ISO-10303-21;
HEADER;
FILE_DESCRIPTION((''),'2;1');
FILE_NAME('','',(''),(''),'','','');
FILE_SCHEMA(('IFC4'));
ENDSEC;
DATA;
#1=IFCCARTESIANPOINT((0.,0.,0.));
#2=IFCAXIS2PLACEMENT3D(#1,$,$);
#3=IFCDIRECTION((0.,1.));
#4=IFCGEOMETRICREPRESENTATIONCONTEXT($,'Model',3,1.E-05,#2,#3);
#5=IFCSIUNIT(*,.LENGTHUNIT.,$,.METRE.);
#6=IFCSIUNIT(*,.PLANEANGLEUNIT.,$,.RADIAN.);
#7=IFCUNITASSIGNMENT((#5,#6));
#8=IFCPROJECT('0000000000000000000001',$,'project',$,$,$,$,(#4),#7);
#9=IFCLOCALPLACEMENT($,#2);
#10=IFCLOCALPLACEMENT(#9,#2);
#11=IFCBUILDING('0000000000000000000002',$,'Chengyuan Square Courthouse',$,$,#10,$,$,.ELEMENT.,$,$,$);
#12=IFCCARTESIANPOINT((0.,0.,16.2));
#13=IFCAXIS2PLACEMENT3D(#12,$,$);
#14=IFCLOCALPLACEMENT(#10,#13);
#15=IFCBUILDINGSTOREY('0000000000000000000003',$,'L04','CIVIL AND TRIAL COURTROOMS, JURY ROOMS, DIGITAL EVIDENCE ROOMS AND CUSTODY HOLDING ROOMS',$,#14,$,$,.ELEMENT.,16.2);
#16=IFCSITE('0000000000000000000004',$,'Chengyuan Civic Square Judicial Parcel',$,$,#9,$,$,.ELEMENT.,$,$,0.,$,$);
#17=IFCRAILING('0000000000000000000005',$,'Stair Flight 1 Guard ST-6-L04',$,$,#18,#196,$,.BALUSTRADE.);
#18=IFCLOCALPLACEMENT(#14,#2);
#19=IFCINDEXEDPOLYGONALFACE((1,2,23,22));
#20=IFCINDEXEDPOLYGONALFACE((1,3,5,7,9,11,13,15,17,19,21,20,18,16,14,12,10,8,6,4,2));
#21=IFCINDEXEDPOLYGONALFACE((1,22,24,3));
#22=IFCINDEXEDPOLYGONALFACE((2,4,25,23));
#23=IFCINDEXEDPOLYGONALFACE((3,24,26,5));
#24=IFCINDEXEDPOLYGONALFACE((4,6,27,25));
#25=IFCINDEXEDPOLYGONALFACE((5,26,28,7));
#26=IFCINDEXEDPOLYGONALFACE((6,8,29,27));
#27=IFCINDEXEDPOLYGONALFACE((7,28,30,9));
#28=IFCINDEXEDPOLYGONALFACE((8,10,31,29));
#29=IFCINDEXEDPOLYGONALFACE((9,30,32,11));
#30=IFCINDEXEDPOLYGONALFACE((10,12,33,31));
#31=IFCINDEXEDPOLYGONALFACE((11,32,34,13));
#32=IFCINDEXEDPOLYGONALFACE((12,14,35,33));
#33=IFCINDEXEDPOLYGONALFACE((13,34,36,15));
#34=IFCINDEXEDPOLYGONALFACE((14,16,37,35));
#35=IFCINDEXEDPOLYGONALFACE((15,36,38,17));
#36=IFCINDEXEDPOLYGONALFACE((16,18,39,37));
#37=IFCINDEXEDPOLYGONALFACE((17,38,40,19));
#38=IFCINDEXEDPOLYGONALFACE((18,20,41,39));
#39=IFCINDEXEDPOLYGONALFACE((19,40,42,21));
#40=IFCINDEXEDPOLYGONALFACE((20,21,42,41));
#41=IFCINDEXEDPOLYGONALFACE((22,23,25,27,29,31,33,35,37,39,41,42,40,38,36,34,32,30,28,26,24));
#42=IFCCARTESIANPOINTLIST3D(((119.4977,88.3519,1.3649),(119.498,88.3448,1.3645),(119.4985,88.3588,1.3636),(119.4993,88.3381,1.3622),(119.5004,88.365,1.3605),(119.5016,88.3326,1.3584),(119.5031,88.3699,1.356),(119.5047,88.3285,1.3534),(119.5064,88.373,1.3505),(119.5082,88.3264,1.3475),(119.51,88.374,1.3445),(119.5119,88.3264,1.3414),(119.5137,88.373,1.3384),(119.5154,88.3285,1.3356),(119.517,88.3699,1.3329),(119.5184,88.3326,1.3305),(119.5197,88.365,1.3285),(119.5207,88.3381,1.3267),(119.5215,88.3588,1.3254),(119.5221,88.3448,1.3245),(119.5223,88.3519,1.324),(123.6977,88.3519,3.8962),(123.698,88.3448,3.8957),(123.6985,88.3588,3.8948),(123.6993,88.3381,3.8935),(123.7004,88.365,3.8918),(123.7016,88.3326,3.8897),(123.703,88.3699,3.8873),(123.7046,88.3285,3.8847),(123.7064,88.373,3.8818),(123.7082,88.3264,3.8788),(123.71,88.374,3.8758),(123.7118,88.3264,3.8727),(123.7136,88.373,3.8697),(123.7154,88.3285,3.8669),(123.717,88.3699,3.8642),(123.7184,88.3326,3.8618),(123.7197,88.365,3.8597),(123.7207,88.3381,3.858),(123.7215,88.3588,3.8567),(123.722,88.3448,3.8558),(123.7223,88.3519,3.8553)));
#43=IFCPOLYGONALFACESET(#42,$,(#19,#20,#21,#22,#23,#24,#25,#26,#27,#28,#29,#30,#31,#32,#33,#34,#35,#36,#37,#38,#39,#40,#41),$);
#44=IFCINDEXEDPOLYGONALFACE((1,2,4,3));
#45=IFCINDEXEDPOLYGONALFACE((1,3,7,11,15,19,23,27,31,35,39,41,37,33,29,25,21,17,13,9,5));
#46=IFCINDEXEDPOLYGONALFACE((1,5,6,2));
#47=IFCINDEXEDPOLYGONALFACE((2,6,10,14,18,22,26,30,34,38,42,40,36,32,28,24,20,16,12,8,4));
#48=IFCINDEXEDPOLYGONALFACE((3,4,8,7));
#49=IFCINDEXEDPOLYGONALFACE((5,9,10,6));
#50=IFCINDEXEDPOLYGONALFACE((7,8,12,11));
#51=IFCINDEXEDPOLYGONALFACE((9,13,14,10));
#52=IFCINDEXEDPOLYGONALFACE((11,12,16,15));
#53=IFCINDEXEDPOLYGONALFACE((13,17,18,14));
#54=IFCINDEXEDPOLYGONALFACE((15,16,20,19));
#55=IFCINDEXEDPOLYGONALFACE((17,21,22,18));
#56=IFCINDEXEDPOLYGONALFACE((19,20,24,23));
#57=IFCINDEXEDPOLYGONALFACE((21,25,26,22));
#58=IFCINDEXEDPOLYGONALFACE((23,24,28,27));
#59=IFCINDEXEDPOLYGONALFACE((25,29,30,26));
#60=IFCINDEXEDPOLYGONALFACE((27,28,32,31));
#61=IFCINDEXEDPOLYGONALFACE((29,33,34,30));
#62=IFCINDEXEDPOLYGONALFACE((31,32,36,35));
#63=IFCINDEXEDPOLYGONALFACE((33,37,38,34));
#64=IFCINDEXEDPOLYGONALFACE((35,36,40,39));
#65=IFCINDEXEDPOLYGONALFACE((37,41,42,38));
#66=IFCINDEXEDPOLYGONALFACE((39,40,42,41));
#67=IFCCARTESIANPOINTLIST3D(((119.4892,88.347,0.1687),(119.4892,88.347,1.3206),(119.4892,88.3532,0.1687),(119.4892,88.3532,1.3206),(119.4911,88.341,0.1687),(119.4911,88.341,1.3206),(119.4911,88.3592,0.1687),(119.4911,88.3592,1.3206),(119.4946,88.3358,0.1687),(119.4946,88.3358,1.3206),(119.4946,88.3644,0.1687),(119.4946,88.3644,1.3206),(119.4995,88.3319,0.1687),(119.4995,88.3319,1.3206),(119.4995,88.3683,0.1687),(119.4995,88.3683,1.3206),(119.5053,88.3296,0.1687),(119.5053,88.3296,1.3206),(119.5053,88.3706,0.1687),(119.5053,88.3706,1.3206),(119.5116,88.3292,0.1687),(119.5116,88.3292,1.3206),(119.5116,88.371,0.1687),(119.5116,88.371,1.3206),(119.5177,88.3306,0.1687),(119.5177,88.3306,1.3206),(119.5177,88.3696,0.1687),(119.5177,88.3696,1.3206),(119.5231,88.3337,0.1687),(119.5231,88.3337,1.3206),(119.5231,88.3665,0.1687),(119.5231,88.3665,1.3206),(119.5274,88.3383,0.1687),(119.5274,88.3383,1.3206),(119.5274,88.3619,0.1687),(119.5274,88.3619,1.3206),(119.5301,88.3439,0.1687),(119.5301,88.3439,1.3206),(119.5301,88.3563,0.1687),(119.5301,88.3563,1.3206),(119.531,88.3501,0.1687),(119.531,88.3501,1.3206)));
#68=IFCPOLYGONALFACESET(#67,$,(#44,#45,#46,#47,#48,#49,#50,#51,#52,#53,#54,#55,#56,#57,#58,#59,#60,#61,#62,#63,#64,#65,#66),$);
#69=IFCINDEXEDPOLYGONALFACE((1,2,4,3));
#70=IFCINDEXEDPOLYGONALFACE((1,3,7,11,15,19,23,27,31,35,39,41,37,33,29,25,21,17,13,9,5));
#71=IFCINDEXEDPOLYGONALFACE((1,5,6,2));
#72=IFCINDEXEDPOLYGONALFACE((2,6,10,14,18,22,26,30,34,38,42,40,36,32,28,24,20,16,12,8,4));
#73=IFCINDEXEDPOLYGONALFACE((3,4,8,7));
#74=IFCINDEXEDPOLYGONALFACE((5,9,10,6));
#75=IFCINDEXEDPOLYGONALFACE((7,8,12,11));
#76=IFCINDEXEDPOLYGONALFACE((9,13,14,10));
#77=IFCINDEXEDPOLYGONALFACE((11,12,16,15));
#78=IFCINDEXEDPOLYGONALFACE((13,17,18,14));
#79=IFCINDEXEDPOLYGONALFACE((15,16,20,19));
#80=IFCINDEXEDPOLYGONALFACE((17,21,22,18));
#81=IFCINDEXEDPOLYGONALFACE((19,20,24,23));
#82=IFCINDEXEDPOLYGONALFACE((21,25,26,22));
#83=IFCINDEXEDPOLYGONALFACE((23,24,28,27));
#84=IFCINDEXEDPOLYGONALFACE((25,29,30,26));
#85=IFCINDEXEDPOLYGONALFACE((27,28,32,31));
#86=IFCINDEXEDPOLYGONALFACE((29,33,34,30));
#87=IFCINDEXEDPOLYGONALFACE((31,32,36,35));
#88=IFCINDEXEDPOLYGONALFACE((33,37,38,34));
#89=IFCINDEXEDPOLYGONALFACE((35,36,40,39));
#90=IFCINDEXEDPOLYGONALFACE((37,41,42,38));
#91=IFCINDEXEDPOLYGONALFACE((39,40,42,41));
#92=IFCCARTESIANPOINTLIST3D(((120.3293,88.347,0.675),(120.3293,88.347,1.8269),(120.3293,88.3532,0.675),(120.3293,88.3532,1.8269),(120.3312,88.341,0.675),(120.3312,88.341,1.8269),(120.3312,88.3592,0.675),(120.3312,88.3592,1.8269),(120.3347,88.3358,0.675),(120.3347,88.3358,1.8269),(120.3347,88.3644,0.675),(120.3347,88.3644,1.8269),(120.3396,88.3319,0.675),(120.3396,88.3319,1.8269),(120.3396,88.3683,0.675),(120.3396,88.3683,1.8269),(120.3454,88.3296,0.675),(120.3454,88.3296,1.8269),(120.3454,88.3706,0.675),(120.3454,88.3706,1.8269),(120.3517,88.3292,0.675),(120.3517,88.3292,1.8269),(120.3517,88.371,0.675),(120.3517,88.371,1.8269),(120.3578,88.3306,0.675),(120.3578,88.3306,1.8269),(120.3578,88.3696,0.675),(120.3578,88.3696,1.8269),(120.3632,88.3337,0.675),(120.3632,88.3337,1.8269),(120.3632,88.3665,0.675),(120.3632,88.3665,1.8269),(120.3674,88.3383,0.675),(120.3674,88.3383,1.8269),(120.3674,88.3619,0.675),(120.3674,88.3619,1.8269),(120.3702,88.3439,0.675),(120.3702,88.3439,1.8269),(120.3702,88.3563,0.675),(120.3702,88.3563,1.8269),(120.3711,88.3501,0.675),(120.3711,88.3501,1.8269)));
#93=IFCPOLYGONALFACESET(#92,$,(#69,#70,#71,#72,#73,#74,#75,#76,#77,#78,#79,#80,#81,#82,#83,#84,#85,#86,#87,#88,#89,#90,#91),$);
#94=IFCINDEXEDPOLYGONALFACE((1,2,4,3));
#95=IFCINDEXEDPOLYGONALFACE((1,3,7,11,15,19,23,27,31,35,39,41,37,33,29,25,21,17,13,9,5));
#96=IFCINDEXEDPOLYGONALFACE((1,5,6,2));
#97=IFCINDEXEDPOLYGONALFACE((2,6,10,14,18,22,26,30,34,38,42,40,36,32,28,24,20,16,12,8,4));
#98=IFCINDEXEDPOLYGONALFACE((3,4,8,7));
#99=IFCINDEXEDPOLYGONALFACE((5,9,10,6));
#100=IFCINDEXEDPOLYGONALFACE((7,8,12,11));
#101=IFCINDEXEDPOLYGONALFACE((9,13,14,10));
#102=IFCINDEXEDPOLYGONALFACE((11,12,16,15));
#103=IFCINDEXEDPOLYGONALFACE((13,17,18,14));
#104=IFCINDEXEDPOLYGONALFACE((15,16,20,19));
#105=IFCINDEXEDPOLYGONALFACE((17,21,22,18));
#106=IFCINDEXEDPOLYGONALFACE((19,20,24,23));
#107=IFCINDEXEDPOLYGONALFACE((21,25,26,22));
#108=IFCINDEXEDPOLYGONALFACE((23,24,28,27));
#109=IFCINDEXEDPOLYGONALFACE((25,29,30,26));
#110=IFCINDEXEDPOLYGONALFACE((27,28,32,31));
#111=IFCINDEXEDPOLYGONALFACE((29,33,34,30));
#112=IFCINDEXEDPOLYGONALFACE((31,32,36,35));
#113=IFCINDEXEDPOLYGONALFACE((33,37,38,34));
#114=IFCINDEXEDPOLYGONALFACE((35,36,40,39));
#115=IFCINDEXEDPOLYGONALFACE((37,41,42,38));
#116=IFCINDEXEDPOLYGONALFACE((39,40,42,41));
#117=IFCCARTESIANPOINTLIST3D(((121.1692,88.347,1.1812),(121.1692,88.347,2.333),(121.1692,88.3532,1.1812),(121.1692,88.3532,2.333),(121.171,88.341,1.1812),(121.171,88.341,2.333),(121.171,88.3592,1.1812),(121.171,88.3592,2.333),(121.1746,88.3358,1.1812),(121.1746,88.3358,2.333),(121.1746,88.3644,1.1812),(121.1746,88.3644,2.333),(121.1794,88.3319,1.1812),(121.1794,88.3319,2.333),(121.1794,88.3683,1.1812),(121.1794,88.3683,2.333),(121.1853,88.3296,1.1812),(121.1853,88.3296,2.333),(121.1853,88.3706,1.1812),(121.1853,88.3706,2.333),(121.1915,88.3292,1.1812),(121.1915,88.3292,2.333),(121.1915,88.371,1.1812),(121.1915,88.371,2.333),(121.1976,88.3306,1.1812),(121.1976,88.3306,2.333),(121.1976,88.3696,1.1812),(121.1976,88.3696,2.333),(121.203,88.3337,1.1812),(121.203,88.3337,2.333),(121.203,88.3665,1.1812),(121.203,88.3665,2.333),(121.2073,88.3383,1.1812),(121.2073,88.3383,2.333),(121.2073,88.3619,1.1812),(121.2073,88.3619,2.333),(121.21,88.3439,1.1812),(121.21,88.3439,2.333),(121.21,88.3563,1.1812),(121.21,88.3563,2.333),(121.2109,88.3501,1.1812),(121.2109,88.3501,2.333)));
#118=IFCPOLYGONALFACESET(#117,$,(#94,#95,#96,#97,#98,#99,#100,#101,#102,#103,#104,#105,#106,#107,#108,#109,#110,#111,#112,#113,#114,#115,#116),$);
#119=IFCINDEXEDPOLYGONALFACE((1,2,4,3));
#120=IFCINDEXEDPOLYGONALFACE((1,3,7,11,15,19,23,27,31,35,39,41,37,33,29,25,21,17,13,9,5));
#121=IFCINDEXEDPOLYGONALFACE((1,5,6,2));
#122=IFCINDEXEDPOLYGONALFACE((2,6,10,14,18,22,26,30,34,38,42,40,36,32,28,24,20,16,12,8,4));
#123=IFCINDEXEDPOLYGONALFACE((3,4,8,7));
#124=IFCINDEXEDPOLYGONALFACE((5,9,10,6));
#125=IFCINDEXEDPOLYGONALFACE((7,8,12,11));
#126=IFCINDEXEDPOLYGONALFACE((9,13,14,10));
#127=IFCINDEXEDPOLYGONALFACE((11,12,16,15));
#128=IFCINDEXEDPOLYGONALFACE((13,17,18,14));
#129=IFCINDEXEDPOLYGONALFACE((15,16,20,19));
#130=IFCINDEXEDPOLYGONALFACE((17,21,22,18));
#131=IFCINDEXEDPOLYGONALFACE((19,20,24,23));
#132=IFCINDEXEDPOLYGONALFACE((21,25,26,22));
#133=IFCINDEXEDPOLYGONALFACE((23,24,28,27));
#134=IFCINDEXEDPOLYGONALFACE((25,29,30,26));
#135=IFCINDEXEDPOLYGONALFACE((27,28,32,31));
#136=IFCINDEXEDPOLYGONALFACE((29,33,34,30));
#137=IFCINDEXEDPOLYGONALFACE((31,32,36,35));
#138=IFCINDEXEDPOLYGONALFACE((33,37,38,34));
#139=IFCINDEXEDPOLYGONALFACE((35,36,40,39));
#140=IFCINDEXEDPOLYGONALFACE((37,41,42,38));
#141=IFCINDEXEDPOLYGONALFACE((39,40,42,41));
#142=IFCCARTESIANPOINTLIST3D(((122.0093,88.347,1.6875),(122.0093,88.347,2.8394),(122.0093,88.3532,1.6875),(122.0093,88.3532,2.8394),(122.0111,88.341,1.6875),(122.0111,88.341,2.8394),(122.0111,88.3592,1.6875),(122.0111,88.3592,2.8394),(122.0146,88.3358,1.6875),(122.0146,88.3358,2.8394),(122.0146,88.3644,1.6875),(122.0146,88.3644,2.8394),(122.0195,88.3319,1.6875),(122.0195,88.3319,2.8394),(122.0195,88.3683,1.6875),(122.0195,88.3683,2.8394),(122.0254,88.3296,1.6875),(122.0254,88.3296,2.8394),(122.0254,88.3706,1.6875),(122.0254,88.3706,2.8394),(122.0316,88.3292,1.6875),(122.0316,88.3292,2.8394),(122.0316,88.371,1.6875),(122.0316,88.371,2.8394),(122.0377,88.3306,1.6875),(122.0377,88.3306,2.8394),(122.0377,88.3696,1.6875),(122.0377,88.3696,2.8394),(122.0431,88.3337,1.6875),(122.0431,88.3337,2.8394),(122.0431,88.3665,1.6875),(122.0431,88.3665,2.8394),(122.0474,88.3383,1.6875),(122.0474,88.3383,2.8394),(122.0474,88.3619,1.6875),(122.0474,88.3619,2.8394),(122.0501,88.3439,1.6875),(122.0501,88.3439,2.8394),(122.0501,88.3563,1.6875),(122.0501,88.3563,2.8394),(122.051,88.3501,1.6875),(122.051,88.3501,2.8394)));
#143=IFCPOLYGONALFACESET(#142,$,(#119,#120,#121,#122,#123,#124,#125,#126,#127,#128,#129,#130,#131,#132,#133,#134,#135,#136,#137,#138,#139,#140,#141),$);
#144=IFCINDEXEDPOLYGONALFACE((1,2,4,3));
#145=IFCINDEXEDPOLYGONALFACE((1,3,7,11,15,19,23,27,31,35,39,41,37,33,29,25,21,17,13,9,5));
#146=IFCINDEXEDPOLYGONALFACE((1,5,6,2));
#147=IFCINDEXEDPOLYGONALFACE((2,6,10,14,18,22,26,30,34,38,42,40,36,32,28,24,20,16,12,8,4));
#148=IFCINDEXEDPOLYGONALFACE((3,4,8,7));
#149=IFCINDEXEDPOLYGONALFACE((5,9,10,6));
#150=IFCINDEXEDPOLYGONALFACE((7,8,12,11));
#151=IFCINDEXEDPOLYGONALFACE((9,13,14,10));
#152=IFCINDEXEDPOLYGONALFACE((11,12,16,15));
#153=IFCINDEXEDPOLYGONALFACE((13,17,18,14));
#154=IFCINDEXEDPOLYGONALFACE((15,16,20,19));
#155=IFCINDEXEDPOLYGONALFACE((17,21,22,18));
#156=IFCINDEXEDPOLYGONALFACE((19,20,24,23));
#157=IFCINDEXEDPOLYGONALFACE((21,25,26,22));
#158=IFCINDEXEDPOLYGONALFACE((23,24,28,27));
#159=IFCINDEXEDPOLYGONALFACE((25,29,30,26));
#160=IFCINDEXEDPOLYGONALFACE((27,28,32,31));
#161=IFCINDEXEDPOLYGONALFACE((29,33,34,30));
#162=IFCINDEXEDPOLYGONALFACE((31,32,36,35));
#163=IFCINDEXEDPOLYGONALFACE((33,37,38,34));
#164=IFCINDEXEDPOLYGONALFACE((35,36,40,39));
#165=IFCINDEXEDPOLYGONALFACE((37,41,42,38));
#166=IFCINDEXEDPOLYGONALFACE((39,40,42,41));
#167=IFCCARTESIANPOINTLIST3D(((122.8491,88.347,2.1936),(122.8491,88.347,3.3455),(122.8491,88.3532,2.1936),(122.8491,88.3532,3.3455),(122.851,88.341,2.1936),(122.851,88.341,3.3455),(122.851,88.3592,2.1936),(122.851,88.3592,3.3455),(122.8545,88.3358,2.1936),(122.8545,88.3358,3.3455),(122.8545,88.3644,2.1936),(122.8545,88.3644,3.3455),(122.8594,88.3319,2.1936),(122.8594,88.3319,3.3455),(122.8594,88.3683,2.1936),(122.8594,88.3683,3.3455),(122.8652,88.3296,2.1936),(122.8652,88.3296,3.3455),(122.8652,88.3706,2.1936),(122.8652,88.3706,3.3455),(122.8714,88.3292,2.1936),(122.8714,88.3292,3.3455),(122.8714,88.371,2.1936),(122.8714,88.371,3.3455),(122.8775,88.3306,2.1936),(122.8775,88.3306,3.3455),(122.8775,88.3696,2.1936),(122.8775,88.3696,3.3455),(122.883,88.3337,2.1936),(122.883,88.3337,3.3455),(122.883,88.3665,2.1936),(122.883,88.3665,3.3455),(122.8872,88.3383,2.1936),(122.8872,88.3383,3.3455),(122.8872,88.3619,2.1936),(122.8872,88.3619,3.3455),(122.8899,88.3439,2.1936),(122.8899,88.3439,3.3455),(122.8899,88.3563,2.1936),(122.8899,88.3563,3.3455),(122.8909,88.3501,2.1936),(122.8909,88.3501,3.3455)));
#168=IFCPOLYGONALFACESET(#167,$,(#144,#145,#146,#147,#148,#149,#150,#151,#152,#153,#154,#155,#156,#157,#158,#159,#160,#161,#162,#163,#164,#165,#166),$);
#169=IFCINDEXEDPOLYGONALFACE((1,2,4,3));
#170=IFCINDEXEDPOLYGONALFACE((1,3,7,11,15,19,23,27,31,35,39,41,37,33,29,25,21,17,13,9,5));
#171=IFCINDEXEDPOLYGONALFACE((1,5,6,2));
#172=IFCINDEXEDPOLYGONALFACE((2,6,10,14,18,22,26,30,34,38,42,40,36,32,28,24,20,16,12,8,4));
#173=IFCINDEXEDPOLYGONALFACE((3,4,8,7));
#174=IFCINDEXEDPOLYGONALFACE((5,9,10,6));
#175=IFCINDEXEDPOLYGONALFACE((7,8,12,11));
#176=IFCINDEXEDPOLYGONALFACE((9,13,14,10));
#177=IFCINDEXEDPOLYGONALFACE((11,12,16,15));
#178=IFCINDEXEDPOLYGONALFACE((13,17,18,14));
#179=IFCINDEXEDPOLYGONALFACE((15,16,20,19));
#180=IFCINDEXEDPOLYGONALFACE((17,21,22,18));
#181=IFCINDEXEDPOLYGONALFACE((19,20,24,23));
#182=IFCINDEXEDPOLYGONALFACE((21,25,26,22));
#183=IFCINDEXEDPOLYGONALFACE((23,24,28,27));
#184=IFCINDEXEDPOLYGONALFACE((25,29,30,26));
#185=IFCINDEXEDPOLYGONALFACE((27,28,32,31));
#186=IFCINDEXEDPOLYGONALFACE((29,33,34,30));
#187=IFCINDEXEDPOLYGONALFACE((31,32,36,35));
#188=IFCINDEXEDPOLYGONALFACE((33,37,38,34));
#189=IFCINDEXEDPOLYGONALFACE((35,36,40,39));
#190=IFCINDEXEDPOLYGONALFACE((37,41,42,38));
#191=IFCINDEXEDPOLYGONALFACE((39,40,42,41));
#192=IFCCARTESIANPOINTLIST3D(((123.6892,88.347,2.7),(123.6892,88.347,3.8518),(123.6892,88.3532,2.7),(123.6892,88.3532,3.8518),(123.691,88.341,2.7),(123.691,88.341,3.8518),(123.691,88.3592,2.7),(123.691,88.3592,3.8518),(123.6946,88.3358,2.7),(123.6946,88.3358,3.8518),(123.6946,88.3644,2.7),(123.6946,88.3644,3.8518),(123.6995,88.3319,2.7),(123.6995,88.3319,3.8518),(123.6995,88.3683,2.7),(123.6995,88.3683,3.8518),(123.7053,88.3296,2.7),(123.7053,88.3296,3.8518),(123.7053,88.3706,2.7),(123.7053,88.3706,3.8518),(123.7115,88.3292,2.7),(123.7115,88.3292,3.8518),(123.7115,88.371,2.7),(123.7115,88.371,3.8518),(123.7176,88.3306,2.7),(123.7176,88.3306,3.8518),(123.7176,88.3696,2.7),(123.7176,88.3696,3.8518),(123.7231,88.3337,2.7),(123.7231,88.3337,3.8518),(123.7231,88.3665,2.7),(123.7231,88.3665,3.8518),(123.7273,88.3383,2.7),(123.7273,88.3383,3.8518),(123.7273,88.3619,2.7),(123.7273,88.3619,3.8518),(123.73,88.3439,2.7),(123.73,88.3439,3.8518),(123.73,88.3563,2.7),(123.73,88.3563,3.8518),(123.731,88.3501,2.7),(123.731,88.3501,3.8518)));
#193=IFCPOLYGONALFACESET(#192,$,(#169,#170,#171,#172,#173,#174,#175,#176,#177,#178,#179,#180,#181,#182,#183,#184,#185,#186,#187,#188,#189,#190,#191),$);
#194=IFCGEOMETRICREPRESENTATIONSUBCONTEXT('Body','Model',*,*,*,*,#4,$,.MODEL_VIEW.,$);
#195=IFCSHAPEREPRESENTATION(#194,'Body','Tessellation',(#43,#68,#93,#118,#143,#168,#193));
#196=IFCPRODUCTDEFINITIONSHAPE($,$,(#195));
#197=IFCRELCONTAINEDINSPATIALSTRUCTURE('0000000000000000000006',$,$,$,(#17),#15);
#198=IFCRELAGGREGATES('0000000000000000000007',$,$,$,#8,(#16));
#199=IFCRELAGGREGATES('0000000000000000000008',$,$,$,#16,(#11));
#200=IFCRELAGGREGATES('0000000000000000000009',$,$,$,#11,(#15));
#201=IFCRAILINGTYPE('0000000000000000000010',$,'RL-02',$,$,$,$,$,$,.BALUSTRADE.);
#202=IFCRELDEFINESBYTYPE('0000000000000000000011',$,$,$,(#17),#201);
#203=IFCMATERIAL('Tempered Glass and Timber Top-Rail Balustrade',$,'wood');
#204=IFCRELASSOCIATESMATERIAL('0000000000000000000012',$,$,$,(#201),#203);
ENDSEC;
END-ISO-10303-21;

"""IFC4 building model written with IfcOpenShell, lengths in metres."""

from ifc_helpers import new_model, si_unit, direction, frame, origin, origin_2d, place, context, subcontext, project, spatial, circle, extrude, material, type_object, element, save


model = new_model("IFC4")

# Units and contexts
model_context = context("Model", 3, precision=1e-05, world=origin(), true_north=direction((0.0, 1.0)))
body_context = subcontext(model_context, "Body", "Model", "MODEL_VIEW")
ifc_project = project(units=[si_unit("LENGTHUNIT", "METRE"), si_unit("PLANEANGLEUNIT", "RADIAN")], contexts=[model_context])

# Site, building, storey
site_placement = place(None, origin())
site = spatial("IfcSite", under=ifc_project, at=site_placement, Name="Chengyuan Civic Square Judicial Parcel", CompositionType="ELEMENT", RefElevation=0.0)
building_placement = place(site_placement, origin())
building = spatial("IfcBuilding", under=site, at=building_placement, Name="Chengyuan Square Courthouse", CompositionType="ELEMENT")
storey_placement = place(building_placement, frame((0.0, 0.0, 16.2)))
storey = spatial("IfcBuildingStorey", under=building, at=storey_placement, Name="L04", Description="CIVIL AND TRIAL COURTROOMS, JURY ROOMS, DIGITAL EVIDENCE ROOMS AND CUSTODY HOLDING ROOMS", CompositionType="ELEMENT", Elevation=16.2)

# Railing
ifc_material_1 = material(Name="Tempered Glass and Timber Top-Rail Balustrade", Category="wood")
railing_type_1 = type_object("IfcRailingType", Name="RL-02", PredefinedType="BALUSTRADE", material=ifc_material_1)
railing_1_placement = place(storey_placement, frame((119.51, 88.3501, 0.1687)))
element("IfcRailing", 1, at=railing_1_placement, inside=storey, type_object=railing_type_1, Name="Stair Flight 1 Guard ST-6-L04", PredefinedType="BALUSTRADE", context=body_context, shape_type="SweptSolid", body=[
    extrude(circle(Radius=0.0239, at=origin_2d()), frame((0.0, 0.0, 1.1758), z_axis=(0.856476, 0.0, 0.516186), x_axis=(0.0, 1.0, 0.0)), (0.0, 0.0, 1.0), 4.9038),
    extrude(circle(Radius=0.021, at=origin_2d()), origin(), (0.0, 0.0, 1.0), 1.1519),
    extrude(circle(Radius=0.021, at=origin_2d()), frame((0.8401, 0.0, 0.5063)), (0.0, 0.0, 1.0), 1.1519),
    extrude(circle(Radius=0.021, at=origin_2d()), frame((1.6799, 0.0, 1.0125)), (0.0, 0.0, 1.0), 1.1519),
    extrude(circle(Radius=0.021, at=origin_2d()), frame((2.52, 0.0, 1.5188)), (0.0, 0.0, 1.0), 1.1519),
    extrude(circle(Radius=0.021, at=origin_2d()), frame((3.3599, 0.0, 2.0249)), (0.0, 0.0, 1.0), 1.1519),
    extrude(circle(Radius=0.021, at=origin_2d()), frame((4.2, 0.0, 2.5312)), (0.0, 0.0, 1.0), 1.1519),
])

save(model, "model.ifc")
